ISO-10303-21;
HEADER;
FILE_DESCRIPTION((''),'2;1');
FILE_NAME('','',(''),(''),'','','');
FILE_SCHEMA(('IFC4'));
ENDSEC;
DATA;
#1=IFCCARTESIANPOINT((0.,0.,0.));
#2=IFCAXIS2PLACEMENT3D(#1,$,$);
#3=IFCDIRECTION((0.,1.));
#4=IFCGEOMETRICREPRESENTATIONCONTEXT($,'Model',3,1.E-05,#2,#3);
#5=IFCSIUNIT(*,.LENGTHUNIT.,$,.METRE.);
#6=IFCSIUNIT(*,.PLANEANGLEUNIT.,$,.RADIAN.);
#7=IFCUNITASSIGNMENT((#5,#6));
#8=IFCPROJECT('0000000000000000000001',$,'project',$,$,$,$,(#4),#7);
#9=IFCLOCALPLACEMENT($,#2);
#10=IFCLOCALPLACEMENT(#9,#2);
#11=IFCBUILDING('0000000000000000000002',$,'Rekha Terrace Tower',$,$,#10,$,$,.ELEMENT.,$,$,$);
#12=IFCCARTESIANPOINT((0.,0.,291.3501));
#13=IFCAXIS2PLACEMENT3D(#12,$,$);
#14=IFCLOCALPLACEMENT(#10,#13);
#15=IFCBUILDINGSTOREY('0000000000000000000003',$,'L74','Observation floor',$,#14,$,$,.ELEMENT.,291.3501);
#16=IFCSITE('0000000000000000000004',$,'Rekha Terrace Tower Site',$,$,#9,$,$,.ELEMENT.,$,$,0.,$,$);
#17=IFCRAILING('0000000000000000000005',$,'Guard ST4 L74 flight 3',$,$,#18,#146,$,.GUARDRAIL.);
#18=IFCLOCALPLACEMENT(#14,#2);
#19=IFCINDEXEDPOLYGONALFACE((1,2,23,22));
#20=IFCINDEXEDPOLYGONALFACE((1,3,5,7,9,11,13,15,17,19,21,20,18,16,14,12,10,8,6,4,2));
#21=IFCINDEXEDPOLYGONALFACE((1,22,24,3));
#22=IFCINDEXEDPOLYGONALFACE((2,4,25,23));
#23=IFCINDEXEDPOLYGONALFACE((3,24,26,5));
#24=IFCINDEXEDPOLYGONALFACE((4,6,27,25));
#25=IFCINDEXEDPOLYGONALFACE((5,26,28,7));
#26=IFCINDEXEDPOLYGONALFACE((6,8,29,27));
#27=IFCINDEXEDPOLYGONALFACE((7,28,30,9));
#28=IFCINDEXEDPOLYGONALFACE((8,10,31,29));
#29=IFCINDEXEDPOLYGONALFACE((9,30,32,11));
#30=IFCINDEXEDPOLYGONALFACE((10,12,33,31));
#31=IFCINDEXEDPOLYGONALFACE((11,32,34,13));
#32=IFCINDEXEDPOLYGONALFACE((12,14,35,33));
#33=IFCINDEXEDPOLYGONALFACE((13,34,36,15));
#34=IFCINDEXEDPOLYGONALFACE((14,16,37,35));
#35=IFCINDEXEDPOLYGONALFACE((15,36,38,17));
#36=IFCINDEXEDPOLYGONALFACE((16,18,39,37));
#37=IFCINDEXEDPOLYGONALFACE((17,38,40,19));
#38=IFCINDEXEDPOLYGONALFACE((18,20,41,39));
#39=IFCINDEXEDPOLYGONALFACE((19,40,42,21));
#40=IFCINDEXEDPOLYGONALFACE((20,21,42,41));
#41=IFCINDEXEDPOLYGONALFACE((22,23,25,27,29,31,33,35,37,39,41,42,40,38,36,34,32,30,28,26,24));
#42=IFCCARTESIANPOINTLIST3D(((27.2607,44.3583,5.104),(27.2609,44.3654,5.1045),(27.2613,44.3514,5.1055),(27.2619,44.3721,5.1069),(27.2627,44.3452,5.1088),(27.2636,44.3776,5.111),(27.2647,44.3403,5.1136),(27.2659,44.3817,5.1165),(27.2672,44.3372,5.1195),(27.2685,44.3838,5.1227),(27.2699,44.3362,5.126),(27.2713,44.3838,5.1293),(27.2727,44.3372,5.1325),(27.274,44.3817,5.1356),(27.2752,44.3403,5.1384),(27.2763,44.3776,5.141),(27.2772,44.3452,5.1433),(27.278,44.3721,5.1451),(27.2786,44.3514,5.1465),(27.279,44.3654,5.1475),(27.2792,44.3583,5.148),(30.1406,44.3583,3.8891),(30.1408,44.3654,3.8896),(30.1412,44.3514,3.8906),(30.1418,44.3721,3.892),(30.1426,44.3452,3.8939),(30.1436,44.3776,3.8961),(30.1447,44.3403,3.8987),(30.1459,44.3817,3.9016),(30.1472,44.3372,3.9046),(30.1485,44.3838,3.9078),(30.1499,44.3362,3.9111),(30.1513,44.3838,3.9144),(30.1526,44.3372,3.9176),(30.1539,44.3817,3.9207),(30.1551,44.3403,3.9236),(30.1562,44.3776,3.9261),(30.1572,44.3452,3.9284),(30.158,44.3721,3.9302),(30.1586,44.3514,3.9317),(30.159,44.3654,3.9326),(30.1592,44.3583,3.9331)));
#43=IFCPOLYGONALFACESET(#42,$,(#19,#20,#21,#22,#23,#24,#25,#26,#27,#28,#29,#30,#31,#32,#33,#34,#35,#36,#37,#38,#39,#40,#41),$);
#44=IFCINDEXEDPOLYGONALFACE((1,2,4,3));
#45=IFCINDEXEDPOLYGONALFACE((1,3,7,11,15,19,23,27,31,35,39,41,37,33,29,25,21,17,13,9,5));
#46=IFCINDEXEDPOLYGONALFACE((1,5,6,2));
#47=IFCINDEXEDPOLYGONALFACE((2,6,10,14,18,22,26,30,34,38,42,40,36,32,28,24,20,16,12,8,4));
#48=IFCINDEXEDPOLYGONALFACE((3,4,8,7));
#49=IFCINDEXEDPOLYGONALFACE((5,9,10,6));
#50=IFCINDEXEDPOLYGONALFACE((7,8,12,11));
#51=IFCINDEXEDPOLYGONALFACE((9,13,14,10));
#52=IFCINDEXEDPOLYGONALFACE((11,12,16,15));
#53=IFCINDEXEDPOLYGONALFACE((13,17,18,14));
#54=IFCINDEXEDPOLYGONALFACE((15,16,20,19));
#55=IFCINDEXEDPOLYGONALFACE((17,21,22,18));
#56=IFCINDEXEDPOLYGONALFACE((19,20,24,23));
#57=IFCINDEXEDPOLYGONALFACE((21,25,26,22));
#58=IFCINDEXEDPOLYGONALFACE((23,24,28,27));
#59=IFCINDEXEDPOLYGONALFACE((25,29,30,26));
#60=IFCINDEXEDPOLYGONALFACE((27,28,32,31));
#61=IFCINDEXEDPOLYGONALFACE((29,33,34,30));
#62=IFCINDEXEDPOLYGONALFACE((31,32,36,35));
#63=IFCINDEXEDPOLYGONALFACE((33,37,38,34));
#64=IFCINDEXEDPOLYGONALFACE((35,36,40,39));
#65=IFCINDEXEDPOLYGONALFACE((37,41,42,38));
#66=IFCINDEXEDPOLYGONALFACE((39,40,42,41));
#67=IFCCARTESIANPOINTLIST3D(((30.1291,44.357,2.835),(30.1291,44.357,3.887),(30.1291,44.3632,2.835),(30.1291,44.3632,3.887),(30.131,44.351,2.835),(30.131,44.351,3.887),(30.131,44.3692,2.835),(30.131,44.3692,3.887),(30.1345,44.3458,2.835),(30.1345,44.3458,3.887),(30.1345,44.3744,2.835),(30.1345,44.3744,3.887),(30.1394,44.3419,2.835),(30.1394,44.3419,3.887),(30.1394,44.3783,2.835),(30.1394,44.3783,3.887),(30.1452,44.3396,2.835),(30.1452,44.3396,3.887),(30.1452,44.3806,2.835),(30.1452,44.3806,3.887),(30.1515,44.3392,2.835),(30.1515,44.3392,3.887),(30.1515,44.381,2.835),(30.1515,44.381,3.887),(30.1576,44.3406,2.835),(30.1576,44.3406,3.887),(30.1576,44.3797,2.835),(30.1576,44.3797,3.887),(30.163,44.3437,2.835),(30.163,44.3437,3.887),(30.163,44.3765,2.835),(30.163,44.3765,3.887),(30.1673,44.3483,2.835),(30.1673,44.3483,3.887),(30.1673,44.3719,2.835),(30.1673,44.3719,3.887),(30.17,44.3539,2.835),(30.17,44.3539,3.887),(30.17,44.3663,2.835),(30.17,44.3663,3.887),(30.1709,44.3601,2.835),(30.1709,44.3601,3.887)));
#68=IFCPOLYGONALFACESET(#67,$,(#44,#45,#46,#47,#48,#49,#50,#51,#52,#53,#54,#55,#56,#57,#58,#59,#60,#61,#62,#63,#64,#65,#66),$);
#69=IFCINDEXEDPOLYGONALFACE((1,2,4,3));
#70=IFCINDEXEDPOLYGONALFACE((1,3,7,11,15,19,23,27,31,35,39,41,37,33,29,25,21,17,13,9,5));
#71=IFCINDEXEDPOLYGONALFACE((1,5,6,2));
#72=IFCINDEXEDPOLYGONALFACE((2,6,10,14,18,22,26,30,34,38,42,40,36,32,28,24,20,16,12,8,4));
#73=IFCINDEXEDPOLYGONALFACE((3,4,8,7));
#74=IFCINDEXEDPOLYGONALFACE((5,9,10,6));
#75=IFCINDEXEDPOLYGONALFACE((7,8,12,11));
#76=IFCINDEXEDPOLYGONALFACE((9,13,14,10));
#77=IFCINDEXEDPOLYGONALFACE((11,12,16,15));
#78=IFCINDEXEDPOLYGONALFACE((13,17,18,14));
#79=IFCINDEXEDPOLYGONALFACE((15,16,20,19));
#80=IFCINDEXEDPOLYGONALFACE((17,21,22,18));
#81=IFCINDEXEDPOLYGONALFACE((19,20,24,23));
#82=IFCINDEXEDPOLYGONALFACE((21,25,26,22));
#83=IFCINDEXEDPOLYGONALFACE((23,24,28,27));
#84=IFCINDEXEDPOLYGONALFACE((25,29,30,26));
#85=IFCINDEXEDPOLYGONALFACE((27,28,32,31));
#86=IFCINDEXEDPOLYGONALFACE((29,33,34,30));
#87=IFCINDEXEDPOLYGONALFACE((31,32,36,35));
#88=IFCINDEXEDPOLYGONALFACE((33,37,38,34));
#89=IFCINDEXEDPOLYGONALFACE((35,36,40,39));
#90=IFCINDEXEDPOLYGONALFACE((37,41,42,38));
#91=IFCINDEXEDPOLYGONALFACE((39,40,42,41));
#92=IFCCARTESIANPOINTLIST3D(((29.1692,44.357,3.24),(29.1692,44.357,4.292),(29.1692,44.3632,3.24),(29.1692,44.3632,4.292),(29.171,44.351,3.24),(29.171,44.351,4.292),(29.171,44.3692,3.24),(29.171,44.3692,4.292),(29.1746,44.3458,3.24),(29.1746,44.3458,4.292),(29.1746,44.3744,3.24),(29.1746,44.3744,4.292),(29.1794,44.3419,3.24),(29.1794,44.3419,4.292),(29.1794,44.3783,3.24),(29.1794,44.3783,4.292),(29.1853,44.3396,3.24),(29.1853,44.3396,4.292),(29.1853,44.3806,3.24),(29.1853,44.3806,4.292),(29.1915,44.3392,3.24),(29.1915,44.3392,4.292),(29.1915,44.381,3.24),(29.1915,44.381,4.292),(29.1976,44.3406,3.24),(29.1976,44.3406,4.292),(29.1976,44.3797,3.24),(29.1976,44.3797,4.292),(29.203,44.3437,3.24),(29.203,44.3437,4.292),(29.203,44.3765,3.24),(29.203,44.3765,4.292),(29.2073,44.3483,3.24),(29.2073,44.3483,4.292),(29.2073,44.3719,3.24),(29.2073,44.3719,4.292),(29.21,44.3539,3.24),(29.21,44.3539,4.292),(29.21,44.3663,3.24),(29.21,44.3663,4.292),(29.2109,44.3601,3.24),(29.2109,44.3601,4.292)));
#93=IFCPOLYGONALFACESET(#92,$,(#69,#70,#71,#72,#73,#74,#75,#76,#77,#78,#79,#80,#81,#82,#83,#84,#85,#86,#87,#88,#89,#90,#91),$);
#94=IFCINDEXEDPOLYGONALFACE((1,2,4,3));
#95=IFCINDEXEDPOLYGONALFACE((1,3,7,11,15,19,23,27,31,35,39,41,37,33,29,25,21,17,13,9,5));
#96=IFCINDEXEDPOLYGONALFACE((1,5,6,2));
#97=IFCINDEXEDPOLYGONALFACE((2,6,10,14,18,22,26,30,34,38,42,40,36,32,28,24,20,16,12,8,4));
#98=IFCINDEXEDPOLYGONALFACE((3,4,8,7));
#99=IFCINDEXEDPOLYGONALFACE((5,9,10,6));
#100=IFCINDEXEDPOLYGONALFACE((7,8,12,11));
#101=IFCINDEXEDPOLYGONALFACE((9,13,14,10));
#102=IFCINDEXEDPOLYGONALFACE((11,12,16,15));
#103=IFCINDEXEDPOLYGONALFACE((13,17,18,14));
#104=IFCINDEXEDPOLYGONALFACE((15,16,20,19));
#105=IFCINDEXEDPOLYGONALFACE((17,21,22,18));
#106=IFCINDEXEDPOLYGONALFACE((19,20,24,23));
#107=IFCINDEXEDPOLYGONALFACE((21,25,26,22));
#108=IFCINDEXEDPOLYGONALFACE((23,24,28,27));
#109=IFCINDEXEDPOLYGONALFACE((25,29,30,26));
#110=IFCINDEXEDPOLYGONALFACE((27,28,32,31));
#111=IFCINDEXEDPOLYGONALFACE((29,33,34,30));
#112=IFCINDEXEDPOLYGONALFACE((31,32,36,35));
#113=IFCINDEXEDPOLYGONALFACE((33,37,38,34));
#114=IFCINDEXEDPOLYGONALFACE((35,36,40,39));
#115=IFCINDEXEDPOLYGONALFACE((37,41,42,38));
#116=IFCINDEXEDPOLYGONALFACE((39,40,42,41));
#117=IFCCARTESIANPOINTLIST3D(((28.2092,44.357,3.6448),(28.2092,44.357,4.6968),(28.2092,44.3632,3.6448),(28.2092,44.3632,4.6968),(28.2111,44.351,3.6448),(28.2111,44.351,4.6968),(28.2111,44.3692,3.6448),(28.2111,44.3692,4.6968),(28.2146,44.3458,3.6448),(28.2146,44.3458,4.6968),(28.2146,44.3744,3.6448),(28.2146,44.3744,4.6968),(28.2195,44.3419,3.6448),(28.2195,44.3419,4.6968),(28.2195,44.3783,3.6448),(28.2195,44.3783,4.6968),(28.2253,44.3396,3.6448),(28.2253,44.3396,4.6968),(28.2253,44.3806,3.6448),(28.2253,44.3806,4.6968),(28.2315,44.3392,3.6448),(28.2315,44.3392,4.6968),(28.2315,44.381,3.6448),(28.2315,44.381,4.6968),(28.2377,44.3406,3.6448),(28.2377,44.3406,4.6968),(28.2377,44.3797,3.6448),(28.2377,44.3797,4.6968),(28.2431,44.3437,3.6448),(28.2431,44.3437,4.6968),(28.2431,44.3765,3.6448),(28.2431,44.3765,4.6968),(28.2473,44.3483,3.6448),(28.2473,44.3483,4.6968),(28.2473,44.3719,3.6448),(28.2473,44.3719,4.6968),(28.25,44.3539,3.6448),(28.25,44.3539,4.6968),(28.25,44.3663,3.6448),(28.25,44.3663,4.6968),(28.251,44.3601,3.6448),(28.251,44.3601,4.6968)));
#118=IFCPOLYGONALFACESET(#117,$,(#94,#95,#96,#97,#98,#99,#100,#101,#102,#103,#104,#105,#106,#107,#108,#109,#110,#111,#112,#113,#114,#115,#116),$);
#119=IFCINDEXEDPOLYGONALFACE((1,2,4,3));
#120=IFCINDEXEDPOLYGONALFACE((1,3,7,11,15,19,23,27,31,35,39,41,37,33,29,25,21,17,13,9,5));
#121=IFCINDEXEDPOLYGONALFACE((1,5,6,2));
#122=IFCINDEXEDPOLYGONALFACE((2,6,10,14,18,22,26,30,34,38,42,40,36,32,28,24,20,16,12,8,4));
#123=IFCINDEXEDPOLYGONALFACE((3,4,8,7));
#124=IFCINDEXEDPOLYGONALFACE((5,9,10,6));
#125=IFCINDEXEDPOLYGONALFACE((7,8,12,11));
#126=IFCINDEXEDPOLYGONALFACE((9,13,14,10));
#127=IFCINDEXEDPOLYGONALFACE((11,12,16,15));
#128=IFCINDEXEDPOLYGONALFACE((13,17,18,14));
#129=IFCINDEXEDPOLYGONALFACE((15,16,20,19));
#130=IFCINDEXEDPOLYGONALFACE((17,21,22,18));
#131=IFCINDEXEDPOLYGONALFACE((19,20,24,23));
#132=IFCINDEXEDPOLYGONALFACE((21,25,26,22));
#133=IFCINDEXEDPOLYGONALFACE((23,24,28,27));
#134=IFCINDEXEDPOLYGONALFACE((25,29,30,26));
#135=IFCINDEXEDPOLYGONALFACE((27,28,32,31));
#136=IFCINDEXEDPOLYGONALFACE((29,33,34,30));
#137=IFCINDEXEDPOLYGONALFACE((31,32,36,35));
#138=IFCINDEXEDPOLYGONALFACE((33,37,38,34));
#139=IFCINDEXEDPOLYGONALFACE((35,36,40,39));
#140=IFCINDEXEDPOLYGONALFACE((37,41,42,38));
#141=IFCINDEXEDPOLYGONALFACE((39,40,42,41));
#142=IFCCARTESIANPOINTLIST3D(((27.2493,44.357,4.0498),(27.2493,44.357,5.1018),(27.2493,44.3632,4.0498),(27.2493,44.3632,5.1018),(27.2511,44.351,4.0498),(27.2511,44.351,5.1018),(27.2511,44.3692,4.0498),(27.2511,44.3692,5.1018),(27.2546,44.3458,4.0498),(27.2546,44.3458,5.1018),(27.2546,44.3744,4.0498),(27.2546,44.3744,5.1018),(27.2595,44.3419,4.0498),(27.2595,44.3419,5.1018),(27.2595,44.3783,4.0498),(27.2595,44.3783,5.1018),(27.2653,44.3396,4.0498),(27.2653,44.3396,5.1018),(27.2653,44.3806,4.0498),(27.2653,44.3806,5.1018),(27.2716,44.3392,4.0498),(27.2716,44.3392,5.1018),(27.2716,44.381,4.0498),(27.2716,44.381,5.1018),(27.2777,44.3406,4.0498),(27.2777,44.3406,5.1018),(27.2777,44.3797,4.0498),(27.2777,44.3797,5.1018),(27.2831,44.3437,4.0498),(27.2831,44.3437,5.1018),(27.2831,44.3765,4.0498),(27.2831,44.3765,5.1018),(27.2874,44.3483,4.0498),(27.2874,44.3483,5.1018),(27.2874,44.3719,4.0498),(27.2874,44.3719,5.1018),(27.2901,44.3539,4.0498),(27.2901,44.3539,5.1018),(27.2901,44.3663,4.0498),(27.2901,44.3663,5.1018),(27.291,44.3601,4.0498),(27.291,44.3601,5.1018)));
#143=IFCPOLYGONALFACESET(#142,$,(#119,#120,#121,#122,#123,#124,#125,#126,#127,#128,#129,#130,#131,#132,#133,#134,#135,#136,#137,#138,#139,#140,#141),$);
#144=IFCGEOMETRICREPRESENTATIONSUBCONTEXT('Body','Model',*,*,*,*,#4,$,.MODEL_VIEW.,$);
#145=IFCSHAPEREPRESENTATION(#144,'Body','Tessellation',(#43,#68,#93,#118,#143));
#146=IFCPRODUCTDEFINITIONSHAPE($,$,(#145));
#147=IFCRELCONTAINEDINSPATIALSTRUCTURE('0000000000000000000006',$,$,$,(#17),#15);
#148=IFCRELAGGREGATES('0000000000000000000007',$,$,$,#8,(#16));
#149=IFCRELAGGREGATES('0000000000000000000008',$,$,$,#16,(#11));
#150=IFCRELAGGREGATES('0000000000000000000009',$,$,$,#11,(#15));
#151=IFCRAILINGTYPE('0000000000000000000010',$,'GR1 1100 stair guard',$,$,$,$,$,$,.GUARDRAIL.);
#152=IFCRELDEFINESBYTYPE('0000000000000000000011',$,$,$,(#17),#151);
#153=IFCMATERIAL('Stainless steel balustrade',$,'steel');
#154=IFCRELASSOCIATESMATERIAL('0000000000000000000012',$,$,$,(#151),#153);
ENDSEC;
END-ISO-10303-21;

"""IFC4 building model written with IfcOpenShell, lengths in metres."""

from ifc_helpers import new_model, si_unit, direction, frame, origin, origin_2d, place, context, subcontext, project, spatial, circle, extrude, material, type_object, element, save


model = new_model("IFC4")

# Units and contexts
model_context = context("Model", 3, precision=1e-05, world=origin(), true_north=direction((0.0, 1.0)))
body_context = subcontext(model_context, "Body", "Model", "MODEL_VIEW")
ifc_project = project(units=[si_unit("LENGTHUNIT", "METRE"), si_unit("PLANEANGLEUNIT", "RADIAN")], contexts=[model_context])

# Site, building, storey
site_placement = place(None, origin())
site = spatial("IfcSite", under=ifc_project, at=site_placement, Name="Rekha Terrace Tower Site", CompositionType="ELEMENT", RefElevation=0.0)
building_placement = place(site_placement, origin())
building = spatial("IfcBuilding", under=site, at=building_placement, Name="Rekha Terrace Tower", CompositionType="ELEMENT")
storey_placement = place(building_placement, frame((0.0, 0.0, 291.3501)))
storey = spatial("IfcBuildingStorey", under=building, at=storey_placement, Name="L74", Description="Observation floor", CompositionType="ELEMENT", Elevation=291.3501)

# Railing
ifc_material_1 = material(Name="Stainless steel balustrade", Category="steel")
railing_type_1 = type_object("IfcRailingType", Name="GR1 1100 stair guard", PredefinedType="GUARDRAIL", material=ifc_material_1)
railing_1_placement = place(storey_placement, frame((30.1499, 44.3601, 2.835)))
element("IfcRailing", 1, at=railing_1_placement, inside=storey, type_object=railing_type_1, Name="Guard ST4 L74 flight 3", PredefinedType="GUARDRAIL", context=body_context, shape_type="SweptSolid", body=[
    extrude(circle(Radius=0.0239, at=origin_2d()), frame((0.0, 0.0, 1.0762), z_axis=(-0.921376, 0.0, 0.388671), x_axis=(0.0, -1.0, 0.0)), (0.0, 0.0, 1.0), 3.1257),
    extrude(circle(Radius=0.021, at=origin_2d()), origin(), (0.0, 0.0, 1.0), 1.052),
    extrude(circle(Radius=0.021, at=origin_2d()), frame((-0.96, 0.0, 0.405)), (0.0, 0.0, 1.0), 1.052),
    extrude(circle(Radius=0.021, at=origin_2d()), frame((-1.9199, 0.0, 0.8098)), (0.0, 0.0, 1.0), 1.052),
    extrude(circle(Radius=0.021, at=origin_2d()), frame((-2.8799, 0.0, 1.2148)), (0.0, 0.0, 1.0), 1.052),
])

save(model, "model.ifc")
